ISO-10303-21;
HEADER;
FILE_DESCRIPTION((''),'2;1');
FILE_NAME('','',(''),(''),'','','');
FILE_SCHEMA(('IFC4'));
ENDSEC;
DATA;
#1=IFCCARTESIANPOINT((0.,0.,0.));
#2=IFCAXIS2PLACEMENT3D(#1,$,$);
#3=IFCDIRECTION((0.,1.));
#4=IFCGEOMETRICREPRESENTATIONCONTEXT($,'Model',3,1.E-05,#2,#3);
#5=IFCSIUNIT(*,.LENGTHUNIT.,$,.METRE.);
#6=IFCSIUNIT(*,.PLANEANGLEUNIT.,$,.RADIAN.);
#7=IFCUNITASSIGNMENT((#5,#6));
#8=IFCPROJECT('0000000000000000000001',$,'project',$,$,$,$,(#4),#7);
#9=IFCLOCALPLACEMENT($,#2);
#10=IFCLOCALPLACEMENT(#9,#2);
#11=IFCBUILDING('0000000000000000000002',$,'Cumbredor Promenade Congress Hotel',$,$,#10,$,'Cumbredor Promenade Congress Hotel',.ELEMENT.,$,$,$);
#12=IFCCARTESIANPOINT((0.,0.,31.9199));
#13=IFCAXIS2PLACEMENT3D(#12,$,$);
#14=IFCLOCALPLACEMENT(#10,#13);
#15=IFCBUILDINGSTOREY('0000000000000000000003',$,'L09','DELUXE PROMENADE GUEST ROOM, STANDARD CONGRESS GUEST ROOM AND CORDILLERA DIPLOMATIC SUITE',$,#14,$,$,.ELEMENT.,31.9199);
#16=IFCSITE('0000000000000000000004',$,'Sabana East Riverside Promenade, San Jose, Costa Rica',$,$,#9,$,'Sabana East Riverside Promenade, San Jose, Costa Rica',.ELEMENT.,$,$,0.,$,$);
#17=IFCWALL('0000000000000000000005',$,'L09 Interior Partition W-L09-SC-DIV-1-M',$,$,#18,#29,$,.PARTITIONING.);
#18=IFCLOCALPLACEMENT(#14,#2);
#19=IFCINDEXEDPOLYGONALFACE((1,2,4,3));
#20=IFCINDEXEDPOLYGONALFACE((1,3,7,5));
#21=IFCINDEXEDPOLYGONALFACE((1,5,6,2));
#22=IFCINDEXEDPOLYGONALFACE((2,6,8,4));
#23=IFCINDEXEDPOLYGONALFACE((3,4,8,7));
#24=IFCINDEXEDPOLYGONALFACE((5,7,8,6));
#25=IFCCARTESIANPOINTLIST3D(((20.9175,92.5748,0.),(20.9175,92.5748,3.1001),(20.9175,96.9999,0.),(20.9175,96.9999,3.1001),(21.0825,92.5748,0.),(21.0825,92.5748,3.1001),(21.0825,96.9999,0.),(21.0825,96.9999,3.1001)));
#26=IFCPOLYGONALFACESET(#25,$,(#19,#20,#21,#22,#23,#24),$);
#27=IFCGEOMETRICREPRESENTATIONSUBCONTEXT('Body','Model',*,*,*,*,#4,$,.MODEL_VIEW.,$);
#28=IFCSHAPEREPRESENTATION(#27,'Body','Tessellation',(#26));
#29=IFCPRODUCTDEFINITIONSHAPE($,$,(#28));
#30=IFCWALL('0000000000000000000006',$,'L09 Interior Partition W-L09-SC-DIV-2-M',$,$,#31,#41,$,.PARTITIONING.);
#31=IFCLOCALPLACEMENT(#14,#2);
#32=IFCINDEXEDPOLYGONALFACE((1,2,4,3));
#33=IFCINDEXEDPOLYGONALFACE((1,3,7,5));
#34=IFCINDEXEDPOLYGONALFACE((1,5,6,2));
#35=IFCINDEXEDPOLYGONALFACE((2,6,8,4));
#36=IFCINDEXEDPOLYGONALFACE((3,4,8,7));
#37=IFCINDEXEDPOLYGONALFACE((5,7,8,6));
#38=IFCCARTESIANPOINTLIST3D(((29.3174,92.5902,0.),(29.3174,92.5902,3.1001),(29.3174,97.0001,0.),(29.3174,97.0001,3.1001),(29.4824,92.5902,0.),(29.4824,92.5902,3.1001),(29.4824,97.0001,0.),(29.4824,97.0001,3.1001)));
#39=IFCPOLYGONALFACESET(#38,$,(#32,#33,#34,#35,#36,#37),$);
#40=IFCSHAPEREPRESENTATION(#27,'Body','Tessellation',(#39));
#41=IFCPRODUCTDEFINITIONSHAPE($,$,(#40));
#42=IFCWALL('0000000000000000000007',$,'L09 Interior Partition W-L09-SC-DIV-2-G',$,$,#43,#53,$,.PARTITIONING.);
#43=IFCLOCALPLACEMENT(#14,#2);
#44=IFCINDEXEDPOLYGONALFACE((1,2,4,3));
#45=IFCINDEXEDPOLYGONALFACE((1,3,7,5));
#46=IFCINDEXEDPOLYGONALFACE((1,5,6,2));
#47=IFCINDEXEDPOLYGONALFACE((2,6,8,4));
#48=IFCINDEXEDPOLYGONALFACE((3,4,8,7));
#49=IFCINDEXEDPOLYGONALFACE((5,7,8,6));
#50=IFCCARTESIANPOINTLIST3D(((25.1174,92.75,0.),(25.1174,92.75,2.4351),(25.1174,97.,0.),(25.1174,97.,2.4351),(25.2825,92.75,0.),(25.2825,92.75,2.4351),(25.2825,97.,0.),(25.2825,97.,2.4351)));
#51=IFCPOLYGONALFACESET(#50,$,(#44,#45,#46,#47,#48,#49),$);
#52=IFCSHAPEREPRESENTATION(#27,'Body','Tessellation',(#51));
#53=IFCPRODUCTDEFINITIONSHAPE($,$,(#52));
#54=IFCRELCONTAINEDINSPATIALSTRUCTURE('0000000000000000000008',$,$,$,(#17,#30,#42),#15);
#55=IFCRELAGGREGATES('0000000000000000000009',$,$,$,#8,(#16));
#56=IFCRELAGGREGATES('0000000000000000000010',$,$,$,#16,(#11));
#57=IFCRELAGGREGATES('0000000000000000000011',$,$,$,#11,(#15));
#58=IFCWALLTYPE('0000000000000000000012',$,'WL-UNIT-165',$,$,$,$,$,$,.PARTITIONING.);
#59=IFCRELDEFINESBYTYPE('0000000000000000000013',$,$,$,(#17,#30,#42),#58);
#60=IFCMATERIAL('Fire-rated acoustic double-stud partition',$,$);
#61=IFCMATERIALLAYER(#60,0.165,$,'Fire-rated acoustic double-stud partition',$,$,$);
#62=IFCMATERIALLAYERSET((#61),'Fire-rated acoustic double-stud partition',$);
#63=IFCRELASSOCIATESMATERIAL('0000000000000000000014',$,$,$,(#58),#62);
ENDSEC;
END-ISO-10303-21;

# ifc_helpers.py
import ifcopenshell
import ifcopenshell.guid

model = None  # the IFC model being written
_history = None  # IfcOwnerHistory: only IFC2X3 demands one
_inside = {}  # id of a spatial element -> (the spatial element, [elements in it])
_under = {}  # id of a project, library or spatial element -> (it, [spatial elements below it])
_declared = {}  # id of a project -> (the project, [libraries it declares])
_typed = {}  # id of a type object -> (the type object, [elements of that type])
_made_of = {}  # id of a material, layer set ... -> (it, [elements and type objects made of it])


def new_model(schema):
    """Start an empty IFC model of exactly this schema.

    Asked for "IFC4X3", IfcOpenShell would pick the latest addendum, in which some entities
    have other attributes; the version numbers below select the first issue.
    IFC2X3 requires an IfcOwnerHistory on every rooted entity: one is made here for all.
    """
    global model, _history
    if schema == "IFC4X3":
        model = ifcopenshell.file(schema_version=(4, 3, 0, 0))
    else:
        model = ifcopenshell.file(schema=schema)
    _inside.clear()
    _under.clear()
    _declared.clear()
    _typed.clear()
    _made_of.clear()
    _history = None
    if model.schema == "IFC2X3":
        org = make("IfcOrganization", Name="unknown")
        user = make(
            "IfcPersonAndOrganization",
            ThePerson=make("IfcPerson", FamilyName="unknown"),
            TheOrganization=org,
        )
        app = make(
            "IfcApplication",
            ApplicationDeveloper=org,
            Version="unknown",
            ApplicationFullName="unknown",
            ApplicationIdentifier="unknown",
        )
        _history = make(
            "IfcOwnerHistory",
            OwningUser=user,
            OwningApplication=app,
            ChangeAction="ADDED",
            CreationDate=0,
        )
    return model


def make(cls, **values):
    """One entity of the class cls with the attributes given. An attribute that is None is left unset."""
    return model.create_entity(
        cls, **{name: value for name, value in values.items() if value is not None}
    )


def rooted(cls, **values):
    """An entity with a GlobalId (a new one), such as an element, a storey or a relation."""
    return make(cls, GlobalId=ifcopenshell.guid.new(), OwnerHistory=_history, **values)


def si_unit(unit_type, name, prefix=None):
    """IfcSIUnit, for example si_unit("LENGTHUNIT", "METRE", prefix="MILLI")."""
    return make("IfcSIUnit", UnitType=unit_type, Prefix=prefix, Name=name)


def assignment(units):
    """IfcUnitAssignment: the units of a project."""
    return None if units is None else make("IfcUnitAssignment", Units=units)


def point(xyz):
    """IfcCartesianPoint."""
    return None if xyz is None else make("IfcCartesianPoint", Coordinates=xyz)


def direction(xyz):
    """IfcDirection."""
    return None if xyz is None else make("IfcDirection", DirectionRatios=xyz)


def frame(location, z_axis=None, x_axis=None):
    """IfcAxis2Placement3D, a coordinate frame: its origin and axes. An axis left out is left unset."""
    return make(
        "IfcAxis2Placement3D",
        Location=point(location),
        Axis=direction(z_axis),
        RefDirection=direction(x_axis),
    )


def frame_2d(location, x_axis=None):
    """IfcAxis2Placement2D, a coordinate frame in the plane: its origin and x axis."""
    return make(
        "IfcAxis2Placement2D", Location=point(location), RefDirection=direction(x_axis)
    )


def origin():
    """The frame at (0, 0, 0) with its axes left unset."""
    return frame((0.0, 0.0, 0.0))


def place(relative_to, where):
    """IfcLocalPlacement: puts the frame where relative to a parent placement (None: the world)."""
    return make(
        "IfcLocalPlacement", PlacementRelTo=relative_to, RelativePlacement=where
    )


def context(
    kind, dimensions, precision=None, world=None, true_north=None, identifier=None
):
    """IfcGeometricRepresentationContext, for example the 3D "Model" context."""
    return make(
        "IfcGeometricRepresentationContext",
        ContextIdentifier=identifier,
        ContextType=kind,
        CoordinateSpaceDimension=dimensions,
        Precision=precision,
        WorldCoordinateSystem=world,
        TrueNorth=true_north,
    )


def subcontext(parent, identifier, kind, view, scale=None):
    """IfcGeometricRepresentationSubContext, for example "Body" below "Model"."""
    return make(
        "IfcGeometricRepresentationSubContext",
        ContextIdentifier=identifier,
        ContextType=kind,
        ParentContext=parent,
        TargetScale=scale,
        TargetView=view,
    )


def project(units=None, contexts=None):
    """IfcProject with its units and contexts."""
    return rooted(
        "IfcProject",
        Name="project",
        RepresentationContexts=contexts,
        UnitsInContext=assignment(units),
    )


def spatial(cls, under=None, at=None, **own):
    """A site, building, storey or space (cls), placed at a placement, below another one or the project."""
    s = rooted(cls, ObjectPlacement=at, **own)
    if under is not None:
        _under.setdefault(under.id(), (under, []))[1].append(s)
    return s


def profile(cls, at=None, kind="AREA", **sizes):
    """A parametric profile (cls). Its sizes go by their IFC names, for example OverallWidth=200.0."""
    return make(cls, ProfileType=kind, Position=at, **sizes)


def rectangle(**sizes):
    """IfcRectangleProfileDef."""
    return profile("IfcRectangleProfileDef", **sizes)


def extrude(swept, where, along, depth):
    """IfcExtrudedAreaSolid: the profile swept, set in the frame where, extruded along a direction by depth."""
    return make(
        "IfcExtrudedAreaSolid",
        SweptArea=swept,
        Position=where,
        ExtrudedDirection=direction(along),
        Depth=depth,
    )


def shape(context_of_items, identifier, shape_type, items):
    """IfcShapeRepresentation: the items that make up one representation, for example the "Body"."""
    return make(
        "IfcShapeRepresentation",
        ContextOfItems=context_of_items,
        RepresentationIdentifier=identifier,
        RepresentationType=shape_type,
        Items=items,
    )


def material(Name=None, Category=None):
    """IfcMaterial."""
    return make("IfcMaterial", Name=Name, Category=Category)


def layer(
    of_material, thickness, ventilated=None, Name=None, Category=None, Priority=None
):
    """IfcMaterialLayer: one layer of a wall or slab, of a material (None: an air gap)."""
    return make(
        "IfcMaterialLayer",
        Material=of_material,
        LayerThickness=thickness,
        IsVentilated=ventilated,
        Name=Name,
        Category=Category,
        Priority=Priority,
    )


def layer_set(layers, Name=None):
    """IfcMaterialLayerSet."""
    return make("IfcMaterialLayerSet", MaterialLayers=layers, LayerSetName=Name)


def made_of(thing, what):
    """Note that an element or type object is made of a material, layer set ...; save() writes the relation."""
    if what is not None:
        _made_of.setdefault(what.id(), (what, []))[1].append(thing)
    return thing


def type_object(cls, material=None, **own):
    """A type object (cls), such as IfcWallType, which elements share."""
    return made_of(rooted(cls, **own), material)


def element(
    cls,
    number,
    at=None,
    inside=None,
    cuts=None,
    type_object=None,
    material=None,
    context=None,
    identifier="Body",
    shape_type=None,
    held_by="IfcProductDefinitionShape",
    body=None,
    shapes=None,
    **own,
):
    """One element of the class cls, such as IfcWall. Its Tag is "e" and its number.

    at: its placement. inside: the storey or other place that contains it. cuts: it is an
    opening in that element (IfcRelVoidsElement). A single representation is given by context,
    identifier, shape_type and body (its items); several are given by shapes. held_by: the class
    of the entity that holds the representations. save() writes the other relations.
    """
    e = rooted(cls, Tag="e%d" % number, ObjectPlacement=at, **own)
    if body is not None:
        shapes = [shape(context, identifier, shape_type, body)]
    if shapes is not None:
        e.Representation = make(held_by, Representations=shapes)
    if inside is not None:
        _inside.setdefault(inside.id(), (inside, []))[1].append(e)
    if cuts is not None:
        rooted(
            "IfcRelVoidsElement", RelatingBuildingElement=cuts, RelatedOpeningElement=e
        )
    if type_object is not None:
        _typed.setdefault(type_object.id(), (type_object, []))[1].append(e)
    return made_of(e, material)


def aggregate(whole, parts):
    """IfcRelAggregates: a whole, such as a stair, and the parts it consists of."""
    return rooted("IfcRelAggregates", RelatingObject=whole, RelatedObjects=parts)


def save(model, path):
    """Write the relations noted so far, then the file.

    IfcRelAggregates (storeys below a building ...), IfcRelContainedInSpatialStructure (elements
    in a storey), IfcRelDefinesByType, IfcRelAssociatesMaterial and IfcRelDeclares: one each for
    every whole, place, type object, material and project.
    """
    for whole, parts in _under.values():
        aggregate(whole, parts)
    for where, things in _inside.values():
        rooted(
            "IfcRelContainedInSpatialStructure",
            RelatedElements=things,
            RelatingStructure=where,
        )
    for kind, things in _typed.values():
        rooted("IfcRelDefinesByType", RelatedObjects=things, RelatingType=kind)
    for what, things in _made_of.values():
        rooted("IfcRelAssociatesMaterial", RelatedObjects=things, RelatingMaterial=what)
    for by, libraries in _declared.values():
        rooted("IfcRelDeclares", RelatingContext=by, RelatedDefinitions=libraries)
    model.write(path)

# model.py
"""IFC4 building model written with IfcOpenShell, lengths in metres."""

from ifc_helpers import new_model, si_unit, direction, frame, frame_2d, origin, place, context, subcontext, project, spatial, rectangle, extrude, material, layer, layer_set, type_object, element, save


model = new_model("IFC4")

# Units and contexts
model_context = context("Model", 3, precision=1e-05, world=origin(), true_north=direction((0.0, 1.0)))
body_context = subcontext(model_context, "Body", "Model", "MODEL_VIEW")
ifc_project = project(units=[si_unit("LENGTHUNIT", "METRE"), si_unit("PLANEANGLEUNIT", "RADIAN")], contexts=[model_context])

# Site, building, storey
site_placement = place(None, origin())
site = spatial("IfcSite", under=ifc_project, at=site_placement, Name="Sabana East Riverside Promenade, San Jose, Costa Rica", LongName="Sabana East Riverside Promenade, San Jose, Costa Rica", CompositionType="ELEMENT", RefElevation=0.0)
building_placement = place(site_placement, origin())
building = spatial("IfcBuilding", under=site, at=building_placement, Name="Cumbredor Promenade Congress Hotel", LongName="Cumbredor Promenade Congress Hotel", CompositionType="ELEMENT")
storey_placement = place(building_placement, frame((0.0, 0.0, 31.9199)))
storey = spatial("IfcBuildingStorey", under=building, at=storey_placement, Name="L09", Description="DELUXE PROMENADE GUEST ROOM, STANDARD CONGRESS GUEST ROOM AND CORDILLERA DIPLOMATIC SUITE", CompositionType="ELEMENT", Elevation=31.9199)

# Walls
ifc_material_1 = material(Name="Fire-rated acoustic double-stud partition")
ifc_layer_1 = layer(ifc_material_1, 0.165, Name="Fire-rated acoustic double-stud partition")
ifc_layer_set_1 = layer_set([ifc_layer_1], Name="Fire-rated acoustic double-stud partition")
wall_type_1 = type_object("IfcWallType", Name="WL-UNIT-165", PredefinedType="PARTITIONING", material=ifc_layer_set_1)
wall_1_placement = place(storey_placement, frame((21.0, 92.575, 0.0), z_axis=(0.0, 0.0, 1.0), x_axis=(0.0, 1.0, 0.0)))
element("IfcWall", 1, at=wall_1_placement, inside=storey, type_object=wall_type_1, Name="L09 Interior Partition W-L09-SC-DIV-1-M", PredefinedType="PARTITIONING", context=body_context, shape_type="SweptSolid", body=[
    extrude(rectangle(XDim=4.425, YDim=0.165, at=frame_2d((2.2124, 0.0))), origin(), (0.0, 0.0, 1.0), 3.1001),
])
wall_2_placement = place(storey_placement, frame((29.3999, 92.5901, 0.0), z_axis=(0.0, 0.0, 1.0), x_axis=(0.0, 1.0, 0.0)))
element("IfcWall", 2, at=wall_2_placement, inside=storey, type_object=wall_type_1, Name="L09 Interior Partition W-L09-SC-DIV-2-M", PredefinedType="PARTITIONING", context=body_context, shape_type="SweptSolid", body=[
    extrude(rectangle(XDim=4.4099, YDim=0.165, at=frame_2d((2.2051, 0.0))), origin(), (0.0, 0.0, 1.0), 3.1001),
])
wall_3_placement = place(storey_placement, frame((25.2, 92.75, 0.0), z_axis=(0.0, 0.0, 1.0), x_axis=(0.0, 1.0, 0.0)))
element("IfcWall", 3, at=wall_3_placement, inside=storey, type_object=wall_type_1, Name="L09 Interior Partition W-L09-SC-DIV-2-G", PredefinedType="PARTITIONING", context=body_context, shape_type="SweptSolid", body=[
    extrude(rectangle(XDim=4.25, YDim=0.165, at=frame_2d((2.125, 0.0))), origin(), (0.0, 0.0, 1.0), 2.4351),
])

save(model, "model.ifc")
